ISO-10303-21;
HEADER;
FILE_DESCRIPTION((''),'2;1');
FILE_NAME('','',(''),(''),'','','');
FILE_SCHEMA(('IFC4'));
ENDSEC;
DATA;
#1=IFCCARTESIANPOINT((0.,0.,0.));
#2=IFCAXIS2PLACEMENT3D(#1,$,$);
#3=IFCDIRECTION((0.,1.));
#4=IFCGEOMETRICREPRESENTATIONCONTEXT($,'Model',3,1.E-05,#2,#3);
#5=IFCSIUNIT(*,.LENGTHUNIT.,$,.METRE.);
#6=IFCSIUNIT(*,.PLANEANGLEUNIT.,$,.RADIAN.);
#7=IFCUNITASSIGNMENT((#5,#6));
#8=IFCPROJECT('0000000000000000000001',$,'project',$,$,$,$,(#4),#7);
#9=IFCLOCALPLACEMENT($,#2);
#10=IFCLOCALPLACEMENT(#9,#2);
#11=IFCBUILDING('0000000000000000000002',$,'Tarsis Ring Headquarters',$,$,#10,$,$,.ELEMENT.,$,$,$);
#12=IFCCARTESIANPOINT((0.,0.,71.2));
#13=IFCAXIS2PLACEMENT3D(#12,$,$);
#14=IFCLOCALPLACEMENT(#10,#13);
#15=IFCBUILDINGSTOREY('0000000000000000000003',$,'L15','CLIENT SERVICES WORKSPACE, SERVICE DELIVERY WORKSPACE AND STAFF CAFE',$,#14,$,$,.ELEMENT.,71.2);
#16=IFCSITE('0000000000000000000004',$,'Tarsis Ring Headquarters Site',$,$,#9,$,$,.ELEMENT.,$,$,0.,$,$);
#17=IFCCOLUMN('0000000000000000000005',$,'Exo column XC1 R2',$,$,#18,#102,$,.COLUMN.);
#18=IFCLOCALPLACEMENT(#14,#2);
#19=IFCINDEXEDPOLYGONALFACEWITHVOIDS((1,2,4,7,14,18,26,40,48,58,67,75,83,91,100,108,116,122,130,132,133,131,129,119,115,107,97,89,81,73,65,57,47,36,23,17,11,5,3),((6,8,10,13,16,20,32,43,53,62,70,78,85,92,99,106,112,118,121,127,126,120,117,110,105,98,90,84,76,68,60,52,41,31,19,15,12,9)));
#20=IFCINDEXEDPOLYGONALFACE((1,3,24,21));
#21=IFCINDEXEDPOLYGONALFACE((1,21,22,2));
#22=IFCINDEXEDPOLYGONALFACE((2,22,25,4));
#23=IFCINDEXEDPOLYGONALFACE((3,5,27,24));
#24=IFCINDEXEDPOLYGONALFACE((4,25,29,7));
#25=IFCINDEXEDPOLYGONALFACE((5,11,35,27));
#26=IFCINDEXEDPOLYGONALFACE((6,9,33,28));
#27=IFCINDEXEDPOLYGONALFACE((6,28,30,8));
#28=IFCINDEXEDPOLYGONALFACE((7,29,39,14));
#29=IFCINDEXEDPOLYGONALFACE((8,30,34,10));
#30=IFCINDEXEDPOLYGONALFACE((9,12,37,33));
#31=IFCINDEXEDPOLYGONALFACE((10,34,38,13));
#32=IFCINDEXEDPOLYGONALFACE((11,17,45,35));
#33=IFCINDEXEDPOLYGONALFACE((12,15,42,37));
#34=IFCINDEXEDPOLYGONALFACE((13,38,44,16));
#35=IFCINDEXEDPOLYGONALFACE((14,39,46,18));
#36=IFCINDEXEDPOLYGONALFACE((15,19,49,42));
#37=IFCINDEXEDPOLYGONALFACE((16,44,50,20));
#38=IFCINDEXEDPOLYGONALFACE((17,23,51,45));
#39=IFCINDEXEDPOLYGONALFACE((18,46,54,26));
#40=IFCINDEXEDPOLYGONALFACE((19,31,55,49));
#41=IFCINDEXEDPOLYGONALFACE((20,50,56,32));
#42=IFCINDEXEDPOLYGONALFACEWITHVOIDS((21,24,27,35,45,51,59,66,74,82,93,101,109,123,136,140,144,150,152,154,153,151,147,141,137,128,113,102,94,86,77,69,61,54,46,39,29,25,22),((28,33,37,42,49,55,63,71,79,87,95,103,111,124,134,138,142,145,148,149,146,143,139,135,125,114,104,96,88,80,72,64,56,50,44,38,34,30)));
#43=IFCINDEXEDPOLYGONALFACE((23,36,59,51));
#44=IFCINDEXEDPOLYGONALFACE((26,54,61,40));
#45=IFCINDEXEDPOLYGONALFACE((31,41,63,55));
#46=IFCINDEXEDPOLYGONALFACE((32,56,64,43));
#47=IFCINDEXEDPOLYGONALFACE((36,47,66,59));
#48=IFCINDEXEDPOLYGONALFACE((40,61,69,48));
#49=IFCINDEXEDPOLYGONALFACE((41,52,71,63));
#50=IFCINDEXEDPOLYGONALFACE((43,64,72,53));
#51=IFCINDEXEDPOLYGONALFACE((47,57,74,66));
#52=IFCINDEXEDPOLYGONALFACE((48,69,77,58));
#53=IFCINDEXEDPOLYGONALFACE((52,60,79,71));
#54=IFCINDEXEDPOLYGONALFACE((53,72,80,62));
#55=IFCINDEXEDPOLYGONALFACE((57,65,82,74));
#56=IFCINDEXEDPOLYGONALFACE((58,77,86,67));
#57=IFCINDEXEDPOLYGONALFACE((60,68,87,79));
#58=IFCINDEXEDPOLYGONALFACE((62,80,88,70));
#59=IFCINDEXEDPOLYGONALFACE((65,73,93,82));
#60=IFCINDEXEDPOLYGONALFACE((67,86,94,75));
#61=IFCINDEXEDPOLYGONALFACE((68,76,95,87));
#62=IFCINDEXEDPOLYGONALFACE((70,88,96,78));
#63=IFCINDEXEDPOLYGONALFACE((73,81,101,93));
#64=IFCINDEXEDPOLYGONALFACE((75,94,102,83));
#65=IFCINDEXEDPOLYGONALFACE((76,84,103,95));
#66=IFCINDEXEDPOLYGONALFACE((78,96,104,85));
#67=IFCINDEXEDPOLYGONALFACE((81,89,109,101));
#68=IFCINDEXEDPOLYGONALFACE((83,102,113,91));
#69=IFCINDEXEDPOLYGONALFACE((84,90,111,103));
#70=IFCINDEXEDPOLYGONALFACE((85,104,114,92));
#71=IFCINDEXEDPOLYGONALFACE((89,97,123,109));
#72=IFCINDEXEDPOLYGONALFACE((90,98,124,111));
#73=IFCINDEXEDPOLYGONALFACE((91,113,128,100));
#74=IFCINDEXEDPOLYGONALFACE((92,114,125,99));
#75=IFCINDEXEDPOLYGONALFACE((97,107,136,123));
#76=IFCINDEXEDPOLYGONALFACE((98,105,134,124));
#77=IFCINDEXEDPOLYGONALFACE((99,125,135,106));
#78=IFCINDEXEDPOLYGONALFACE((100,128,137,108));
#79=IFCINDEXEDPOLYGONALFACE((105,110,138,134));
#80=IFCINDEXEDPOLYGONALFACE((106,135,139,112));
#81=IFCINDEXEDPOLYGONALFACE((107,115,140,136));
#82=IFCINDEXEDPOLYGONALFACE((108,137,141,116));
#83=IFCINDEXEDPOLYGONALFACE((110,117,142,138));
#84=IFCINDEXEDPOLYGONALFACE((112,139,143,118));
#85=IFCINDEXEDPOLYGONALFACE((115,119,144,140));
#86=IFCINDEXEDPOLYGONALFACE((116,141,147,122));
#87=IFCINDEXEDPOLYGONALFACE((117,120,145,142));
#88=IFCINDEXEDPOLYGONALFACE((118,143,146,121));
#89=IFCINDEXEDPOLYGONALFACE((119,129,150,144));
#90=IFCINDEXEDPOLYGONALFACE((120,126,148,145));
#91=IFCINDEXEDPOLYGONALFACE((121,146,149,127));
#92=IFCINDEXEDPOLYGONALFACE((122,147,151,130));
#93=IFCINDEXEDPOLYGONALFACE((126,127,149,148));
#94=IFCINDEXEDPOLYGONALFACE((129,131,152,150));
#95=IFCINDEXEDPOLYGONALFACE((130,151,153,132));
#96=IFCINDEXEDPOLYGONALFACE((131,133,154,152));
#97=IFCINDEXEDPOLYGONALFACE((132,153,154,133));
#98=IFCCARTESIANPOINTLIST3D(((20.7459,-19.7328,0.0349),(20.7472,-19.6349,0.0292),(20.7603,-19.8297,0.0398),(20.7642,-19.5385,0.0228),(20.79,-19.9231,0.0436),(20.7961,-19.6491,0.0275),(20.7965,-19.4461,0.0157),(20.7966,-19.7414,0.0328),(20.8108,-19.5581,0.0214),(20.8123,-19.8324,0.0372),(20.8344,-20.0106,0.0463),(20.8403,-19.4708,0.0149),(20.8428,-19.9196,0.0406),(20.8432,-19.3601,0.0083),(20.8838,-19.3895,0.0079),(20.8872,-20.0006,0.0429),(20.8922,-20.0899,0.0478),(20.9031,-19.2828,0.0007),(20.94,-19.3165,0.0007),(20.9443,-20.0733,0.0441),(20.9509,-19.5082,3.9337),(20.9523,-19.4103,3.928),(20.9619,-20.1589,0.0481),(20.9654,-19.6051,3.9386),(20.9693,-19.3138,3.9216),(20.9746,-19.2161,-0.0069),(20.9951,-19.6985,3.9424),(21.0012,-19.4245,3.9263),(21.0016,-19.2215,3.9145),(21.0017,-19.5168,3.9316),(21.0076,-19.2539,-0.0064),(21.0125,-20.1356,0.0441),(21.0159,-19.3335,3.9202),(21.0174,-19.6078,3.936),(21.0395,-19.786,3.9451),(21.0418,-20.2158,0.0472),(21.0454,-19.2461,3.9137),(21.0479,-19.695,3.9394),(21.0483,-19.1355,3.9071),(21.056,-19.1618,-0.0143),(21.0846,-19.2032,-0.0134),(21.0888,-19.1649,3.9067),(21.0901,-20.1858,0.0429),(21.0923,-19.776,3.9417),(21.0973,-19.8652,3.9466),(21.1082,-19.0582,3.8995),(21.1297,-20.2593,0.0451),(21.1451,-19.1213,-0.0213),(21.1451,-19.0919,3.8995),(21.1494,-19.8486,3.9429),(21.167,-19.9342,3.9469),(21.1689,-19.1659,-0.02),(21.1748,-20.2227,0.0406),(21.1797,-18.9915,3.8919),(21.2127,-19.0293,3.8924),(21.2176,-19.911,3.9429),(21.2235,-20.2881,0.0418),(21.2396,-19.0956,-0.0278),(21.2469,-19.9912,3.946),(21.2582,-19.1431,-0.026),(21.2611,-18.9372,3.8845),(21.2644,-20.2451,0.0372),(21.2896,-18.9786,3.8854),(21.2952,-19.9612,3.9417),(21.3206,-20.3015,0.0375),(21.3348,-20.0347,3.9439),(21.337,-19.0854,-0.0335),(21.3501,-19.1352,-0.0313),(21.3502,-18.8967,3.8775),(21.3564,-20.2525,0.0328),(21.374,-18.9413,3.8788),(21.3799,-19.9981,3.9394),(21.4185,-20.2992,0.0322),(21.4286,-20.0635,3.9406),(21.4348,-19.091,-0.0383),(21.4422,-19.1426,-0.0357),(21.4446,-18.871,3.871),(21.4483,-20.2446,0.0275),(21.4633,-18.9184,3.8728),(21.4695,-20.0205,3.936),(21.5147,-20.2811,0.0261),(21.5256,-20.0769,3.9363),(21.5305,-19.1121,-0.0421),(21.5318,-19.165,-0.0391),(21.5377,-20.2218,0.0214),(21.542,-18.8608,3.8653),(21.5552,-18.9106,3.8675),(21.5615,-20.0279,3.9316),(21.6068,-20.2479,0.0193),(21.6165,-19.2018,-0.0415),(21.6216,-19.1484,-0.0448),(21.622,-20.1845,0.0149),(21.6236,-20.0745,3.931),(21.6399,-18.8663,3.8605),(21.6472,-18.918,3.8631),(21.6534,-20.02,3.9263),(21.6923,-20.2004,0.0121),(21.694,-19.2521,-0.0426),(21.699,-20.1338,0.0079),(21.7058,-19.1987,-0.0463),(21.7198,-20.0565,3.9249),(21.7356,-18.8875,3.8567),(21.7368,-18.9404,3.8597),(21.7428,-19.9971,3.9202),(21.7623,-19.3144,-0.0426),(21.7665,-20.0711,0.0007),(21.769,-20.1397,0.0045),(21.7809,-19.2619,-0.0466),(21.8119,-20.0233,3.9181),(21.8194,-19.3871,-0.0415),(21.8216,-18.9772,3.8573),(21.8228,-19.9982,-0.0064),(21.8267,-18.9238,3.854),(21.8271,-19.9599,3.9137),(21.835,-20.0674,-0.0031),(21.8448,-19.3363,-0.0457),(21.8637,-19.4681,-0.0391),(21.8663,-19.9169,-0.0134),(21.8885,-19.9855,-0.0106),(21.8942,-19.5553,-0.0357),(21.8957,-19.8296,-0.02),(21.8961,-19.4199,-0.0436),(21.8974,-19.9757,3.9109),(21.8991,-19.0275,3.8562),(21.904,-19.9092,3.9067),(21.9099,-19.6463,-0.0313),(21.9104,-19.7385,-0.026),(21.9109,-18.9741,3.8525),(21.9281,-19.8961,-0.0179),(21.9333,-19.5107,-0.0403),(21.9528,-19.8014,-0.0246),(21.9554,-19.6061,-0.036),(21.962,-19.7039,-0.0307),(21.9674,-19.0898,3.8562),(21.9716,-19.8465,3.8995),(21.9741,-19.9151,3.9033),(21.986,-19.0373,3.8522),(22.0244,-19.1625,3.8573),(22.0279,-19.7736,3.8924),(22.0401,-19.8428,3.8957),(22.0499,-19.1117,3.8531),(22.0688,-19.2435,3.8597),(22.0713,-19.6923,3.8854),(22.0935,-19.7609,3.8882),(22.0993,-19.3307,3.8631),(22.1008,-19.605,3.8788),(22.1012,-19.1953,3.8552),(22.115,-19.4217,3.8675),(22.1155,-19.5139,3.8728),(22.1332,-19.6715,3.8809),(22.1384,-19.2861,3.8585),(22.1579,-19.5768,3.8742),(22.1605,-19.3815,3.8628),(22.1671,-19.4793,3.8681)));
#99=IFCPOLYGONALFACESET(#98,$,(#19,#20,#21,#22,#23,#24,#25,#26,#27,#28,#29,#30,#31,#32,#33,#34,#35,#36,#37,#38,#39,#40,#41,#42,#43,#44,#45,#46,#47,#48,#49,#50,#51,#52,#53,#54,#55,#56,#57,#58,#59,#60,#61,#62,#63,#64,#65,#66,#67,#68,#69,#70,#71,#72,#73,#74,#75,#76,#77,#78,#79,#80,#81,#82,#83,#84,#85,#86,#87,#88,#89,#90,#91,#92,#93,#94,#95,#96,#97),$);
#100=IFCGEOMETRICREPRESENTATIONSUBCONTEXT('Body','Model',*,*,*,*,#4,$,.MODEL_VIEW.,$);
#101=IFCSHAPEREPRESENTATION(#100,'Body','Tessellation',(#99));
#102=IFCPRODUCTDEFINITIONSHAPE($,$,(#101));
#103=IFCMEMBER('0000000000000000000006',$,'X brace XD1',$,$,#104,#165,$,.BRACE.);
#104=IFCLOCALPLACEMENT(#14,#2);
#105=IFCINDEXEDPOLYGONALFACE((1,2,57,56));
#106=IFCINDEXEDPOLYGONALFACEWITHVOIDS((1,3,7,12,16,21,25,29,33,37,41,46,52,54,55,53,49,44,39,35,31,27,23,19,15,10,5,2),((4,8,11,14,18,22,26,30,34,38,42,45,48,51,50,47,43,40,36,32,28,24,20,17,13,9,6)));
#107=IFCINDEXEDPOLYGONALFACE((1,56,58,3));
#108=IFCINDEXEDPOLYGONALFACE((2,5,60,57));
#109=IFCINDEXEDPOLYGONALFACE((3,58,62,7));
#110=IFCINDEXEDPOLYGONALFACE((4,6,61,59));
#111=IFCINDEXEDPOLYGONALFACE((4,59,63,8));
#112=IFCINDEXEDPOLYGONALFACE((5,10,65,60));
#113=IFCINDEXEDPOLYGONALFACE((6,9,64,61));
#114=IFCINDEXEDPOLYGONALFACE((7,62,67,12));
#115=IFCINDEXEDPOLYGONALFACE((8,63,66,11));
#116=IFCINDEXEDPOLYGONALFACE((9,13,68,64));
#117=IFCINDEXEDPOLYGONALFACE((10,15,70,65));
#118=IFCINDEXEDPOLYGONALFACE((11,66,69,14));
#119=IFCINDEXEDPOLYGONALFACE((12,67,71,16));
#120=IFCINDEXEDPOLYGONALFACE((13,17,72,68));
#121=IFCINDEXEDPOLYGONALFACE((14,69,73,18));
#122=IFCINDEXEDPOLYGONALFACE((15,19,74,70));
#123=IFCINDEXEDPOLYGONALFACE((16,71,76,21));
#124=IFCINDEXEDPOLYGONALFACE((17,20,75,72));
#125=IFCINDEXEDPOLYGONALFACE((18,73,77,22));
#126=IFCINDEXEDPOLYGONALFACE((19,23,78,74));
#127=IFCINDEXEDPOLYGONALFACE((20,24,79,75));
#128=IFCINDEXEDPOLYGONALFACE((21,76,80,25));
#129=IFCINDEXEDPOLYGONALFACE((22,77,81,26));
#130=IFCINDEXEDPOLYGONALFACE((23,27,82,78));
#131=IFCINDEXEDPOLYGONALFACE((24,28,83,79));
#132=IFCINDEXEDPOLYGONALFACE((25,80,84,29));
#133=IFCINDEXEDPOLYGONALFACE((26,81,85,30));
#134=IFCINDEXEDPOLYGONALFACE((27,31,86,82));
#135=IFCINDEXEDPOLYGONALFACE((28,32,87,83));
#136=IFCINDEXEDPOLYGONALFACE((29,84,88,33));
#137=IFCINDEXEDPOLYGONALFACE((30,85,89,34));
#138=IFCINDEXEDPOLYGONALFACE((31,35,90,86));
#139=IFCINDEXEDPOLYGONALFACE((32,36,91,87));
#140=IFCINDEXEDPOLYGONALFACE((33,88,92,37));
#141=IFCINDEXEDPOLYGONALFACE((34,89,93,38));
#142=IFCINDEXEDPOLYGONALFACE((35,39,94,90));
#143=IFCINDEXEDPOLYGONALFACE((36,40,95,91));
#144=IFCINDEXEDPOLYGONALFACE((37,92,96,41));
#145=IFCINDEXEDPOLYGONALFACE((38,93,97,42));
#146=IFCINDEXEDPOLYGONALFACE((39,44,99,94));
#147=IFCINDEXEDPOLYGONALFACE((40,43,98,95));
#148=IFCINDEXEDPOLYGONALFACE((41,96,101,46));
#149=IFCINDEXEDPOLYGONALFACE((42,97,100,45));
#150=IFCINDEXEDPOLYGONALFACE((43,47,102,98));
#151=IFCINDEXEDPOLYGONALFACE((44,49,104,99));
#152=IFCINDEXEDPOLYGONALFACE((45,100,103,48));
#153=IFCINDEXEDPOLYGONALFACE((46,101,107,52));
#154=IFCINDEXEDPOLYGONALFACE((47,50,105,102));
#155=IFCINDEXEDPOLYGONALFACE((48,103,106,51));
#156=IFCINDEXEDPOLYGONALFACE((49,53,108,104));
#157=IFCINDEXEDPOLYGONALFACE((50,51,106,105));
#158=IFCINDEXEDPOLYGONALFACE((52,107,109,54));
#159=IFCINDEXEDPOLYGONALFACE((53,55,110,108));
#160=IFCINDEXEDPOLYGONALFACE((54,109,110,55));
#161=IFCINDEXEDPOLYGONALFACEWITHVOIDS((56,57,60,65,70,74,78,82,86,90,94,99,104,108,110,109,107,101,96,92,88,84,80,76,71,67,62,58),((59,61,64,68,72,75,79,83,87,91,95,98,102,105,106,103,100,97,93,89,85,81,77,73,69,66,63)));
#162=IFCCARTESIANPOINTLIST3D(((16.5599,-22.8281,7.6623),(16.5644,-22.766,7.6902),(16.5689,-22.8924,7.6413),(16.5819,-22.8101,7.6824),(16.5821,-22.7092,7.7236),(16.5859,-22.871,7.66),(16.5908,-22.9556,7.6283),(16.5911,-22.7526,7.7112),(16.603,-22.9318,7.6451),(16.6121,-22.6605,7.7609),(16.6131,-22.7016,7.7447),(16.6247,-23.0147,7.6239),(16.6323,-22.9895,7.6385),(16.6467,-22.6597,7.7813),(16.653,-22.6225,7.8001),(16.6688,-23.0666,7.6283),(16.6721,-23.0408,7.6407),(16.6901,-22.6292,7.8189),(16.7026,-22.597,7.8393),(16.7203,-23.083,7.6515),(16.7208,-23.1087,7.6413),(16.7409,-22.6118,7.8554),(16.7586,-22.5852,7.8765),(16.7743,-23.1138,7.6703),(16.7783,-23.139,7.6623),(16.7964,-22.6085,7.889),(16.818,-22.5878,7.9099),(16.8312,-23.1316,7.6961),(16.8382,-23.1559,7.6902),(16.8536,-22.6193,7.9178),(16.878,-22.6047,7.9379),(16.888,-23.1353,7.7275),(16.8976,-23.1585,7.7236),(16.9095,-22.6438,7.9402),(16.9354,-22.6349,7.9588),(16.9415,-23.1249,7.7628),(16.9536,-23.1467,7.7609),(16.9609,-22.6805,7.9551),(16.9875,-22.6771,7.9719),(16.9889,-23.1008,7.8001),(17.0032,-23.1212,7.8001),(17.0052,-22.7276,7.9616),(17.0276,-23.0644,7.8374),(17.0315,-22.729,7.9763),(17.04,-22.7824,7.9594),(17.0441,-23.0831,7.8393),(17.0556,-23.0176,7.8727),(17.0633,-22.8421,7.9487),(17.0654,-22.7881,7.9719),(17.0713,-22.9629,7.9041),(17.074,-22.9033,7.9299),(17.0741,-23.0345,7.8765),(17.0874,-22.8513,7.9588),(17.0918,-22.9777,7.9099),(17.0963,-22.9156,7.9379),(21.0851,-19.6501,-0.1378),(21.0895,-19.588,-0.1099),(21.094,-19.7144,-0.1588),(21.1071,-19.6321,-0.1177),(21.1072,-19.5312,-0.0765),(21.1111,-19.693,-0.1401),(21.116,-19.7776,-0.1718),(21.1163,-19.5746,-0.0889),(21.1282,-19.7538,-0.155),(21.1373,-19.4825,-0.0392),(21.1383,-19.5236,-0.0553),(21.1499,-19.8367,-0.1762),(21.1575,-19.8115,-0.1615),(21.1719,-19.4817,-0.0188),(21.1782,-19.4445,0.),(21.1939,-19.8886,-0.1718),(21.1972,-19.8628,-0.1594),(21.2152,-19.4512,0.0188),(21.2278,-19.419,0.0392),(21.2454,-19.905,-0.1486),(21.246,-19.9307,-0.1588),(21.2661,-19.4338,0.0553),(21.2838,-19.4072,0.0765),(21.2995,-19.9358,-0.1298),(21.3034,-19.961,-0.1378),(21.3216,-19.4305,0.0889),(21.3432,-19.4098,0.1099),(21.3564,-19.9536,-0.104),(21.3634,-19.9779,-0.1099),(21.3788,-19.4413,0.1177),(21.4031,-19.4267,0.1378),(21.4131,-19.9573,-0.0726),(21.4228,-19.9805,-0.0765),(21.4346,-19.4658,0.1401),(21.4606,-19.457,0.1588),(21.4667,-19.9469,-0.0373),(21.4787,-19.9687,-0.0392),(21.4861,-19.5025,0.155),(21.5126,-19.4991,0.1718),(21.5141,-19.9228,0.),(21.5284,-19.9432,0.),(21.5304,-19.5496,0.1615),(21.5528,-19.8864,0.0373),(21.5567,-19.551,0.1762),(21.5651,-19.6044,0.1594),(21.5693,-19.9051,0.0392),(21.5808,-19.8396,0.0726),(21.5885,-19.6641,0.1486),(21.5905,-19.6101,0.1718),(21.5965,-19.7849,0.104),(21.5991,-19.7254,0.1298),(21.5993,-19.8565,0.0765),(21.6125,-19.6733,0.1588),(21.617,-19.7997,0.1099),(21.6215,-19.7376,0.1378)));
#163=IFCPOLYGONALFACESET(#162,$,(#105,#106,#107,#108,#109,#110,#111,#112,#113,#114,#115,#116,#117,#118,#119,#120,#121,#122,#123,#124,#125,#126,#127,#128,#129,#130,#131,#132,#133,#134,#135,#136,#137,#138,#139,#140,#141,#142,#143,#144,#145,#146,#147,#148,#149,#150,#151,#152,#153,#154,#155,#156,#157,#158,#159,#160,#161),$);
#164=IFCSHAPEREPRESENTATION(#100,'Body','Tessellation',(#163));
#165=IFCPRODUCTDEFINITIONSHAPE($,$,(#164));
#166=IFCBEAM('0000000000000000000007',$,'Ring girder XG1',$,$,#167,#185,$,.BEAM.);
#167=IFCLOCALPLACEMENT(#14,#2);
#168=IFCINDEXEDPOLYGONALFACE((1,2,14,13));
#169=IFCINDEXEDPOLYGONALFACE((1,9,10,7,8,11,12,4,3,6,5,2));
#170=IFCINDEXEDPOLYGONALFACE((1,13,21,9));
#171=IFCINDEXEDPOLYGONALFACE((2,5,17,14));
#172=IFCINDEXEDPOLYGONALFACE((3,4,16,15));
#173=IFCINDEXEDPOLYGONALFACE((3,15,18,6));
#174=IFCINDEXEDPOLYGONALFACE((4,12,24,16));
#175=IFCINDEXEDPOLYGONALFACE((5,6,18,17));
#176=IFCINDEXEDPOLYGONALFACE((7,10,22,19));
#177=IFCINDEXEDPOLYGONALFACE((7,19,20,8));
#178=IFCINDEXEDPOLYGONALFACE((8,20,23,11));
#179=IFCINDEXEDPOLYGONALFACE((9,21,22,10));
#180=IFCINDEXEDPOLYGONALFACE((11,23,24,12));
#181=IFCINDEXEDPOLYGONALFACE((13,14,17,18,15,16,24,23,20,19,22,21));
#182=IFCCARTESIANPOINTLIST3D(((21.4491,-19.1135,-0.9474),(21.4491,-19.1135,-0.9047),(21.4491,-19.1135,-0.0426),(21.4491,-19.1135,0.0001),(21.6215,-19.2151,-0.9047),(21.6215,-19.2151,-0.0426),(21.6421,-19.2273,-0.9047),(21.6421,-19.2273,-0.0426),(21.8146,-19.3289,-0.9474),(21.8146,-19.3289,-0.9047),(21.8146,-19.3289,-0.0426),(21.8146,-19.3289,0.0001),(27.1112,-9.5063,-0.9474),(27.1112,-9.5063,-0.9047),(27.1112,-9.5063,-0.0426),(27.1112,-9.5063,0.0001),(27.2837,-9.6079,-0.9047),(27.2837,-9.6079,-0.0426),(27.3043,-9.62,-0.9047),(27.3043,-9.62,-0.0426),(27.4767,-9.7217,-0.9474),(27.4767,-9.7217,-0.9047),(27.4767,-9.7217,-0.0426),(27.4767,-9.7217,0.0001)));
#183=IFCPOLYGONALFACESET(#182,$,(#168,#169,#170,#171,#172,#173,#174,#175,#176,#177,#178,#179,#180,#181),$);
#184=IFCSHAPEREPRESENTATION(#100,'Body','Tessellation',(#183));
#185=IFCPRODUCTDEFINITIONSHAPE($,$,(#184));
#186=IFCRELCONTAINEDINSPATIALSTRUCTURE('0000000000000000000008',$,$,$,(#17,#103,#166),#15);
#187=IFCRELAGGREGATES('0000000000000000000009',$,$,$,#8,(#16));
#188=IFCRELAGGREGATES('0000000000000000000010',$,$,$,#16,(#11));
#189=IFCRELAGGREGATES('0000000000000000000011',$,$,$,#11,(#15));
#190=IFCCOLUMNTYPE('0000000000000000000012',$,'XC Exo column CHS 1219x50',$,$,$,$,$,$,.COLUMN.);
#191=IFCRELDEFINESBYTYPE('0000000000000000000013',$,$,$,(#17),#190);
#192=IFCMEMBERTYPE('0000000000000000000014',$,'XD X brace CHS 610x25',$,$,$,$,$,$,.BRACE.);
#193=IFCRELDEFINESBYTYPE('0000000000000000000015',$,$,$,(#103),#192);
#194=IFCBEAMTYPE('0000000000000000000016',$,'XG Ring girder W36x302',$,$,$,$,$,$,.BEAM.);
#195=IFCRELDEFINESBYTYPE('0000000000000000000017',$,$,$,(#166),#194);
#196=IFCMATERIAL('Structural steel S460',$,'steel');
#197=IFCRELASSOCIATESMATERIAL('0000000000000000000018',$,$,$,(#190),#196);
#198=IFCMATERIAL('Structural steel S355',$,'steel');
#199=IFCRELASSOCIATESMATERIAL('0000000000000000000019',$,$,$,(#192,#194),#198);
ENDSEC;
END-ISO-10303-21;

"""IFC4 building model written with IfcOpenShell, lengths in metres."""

from ifc_helpers import new_model, si_unit, direction, frame, origin, origin_2d, place, context, subcontext, project, spatial, hollow_circle, i_section, extrude, material, material_profile, profile_set, type_object, element, save


model = new_model("IFC4")

# Units and contexts
model_context = context("Model", 3, precision=1e-05, world=origin(), true_north=direction((0.0, 1.0)))
body_context = subcontext(model_context, "Body", "Model", "MODEL_VIEW")
ifc_project = project(units=[si_unit("LENGTHUNIT", "METRE"), si_unit("PLANEANGLEUNIT", "RADIAN")], contexts=[model_context])

# Site, building, storey
site_placement = place(None, origin())
site = spatial("IfcSite", under=ifc_project, at=site_placement, Name="Tarsis Ring Headquarters Site", CompositionType="ELEMENT", RefElevation=0.0)
building_placement = place(site_placement, origin())
building = spatial("IfcBuilding", under=site, at=building_placement, Name="Tarsis Ring Headquarters", CompositionType="ELEMENT")
storey_placement = place(building_placement, frame((0.0, 0.0, 71.2)))
storey = spatial("IfcBuildingStorey", under=building, at=storey_placement, Name="L15", Description="CLIENT SERVICES WORKSPACE, SERVICE DELIVERY WORKSPACE AND STAFF CAFE", CompositionType="ELEMENT", Elevation=71.2)

# Column
ifc_material_1 = material(Name="Structural steel S460", Category="steel")
ifc_material_profile_1 = material_profile(ifc_material_1, hollow_circle(Radius=0.6096, WallThickness=0.05, at=origin_2d()), Name="CHS 1219x50")
ifc_profile_set_1 = profile_set([ifc_material_profile_1], Name="Structural steel S460")
column_type = type_object("IfcColumnType", Name="XC Exo column CHS 1219x50", PredefinedType="COLUMN", material=ifc_profile_set_1)
column_placement = place(storey_placement, frame((21.3533, -19.6938, 0.0007), z_axis=(0.052443, 0.057437, 0.996971), x_axis=(-0.738485, 0.674269, 0.0)))
element("IfcColumn", 1, at=column_placement, inside=storey, type_object=column_type, Name="Exo column XC1 R2", PredefinedType="COLUMN", context=body_context, shape_type="SweptSolid", body=[
    extrude(hollow_circle(Radius=0.6096, WallThickness=0.05, at=origin_2d()), origin(), (0.0, 0.0, 1.0), 3.9106),
])

# Member
ifc_material_2 = material(Name="Structural steel S355", Category="steel")
ifc_material_profile_2 = material_profile(ifc_material_2, hollow_circle(Radius=0.3047, WallThickness=0.0249, at=origin_2d()), Name="CHS 610x25")
ifc_profile_set_2 = profile_set([ifc_material_profile_2], Name="Structural steel S355")
member_type = type_object("IfcMemberType", Name="XD X brace CHS 610x25", PredefinedType="BRACE", material=ifc_profile_set_2)
member_placement = place(storey_placement, frame((21.3533, -19.6938, 0.0), z_axis=(-0.47328, -0.332382, 0.815799), x_axis=(0.574721, -0.818349, 0.0)))
element("IfcMember", 2, at=member_placement, inside=storey, type_object=member_type, Name="X brace XD1", PredefinedType="BRACE", context=body_context, shape_type="SweptSolid", body=[
    extrude(hollow_circle(Radius=0.3047, WallThickness=0.0249, at=origin_2d()), origin(), (0.0, 0.0, 1.0), 9.5613),
])

# Beam
ifc_material_profile_3 = material_profile(ifc_material_2, i_section(OverallWidth=0.4243, OverallDepth=0.9475, WebThickness=0.0239, FlangeThickness=0.0427, at=origin_2d()), Name="W36x302")
ifc_profile_set_3 = profile_set([ifc_material_profile_3], Name="Structural steel S355")
beam_type = type_object("IfcBeamType", Name="XG Ring girder W36x302", PredefinedType="BEAM", material=ifc_profile_set_3)
beam_placement = place(storey_placement, frame((21.6318, -19.2212, -0.4736), z_axis=(0.507741, 0.86151, 0.0), x_axis=(-0.86151, 0.507741, 0.0)))
element("IfcBeam", 3, at=beam_placement, inside=storey, type_object=beam_type, Name="Ring girder XG1", PredefinedType="BEAM", context=body_context, shape_type="SweptSolid", body=[
    extrude(i_section(OverallWidth=0.4243, OverallDepth=0.9475, WebThickness=0.0239, FlangeThickness=0.0427, at=origin_2d()), origin(), (0.0, 0.0, 1.0), 11.1516),
])

save(model, "model.ifc")
